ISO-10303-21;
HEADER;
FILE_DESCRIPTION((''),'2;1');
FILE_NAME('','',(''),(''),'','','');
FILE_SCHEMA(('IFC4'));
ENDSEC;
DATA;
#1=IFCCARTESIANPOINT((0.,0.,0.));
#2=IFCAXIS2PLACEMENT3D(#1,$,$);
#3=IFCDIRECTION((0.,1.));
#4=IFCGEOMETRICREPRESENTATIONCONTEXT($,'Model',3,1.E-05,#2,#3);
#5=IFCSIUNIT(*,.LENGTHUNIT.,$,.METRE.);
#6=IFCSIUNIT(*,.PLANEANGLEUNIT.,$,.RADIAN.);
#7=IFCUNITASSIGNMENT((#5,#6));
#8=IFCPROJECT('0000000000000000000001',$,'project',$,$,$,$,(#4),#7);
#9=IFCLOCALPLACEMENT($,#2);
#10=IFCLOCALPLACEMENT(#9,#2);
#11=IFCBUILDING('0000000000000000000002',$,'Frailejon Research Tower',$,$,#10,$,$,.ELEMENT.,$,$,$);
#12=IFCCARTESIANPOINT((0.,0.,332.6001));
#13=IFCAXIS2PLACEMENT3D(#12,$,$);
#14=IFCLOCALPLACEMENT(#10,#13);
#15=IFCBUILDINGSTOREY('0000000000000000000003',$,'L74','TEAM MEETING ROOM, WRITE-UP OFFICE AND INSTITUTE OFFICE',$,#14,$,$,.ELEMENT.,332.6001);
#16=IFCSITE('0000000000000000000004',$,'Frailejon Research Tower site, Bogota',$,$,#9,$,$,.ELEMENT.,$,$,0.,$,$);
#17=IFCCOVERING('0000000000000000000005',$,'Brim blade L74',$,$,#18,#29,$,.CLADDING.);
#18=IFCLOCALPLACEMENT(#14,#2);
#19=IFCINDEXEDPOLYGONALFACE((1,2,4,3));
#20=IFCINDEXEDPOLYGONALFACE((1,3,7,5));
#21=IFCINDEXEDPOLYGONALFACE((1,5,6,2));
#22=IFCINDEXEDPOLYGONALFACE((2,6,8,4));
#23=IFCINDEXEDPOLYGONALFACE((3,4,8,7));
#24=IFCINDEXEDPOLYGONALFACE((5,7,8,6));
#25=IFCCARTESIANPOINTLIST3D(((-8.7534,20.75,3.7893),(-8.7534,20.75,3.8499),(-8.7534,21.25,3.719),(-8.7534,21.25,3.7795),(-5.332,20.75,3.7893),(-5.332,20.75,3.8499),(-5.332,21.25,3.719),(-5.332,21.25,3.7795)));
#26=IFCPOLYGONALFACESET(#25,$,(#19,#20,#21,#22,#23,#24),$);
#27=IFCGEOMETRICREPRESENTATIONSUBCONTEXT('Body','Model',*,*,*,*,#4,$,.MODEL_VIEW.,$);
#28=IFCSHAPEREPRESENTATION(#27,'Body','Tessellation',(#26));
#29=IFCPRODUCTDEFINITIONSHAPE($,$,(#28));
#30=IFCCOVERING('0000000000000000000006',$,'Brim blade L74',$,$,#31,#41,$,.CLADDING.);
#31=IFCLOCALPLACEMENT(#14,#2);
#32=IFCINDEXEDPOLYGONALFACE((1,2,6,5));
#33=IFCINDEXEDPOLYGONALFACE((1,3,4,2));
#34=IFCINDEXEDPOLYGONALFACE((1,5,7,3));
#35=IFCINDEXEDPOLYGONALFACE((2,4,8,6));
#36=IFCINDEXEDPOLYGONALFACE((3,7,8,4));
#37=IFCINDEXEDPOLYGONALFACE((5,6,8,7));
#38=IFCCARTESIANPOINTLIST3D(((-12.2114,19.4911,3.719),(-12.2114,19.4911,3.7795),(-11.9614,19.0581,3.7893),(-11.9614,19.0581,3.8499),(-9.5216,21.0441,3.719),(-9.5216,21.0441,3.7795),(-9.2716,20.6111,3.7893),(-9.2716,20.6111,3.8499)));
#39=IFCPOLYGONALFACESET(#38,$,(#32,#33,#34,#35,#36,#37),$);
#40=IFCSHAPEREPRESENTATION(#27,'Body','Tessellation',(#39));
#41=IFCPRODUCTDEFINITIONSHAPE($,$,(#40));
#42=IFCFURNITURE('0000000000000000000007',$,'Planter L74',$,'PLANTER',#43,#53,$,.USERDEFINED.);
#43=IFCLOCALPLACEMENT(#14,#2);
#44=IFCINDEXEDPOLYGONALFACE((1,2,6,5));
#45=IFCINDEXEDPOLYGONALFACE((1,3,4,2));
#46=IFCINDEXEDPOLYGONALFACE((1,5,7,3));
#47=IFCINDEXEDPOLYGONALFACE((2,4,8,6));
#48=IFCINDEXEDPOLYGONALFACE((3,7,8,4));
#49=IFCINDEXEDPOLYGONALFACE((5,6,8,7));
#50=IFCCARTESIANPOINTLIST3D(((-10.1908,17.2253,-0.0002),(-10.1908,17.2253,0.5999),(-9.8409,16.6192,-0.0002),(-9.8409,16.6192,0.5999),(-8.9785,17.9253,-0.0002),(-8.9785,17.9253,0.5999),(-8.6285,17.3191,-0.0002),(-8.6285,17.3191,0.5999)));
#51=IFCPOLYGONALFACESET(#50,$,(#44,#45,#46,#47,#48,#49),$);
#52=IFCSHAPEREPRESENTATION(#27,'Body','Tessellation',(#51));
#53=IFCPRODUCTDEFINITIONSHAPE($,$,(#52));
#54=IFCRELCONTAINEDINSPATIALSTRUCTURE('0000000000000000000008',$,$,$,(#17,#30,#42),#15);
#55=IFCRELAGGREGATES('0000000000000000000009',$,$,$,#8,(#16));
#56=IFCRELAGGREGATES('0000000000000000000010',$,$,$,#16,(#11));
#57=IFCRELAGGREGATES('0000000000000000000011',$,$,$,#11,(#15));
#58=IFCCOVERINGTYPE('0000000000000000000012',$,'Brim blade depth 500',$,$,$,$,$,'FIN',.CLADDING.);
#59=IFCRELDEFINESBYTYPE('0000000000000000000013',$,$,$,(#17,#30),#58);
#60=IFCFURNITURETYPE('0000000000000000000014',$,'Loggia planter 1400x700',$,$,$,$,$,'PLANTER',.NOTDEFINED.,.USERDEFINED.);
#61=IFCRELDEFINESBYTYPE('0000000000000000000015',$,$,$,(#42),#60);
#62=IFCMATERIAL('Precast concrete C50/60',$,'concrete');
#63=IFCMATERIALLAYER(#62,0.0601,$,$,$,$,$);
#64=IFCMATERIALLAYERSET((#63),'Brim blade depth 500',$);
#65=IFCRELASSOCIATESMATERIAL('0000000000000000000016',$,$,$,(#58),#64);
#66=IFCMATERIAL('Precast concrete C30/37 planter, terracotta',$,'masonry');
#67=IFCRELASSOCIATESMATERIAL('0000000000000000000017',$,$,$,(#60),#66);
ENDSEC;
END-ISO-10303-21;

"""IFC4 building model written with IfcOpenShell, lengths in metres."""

from ifc_helpers import new_model, si_unit, direction, frame, origin, origin_2d, place, context, subcontext, project, spatial, polyline, rectangle, outline, extrude, material, layer, layer_set, type_object, element, save


model = new_model("IFC4")

# Units and contexts
model_context = context("Model", 3, precision=1e-05, world=origin(), true_north=direction((0.0, 1.0)))
body_context = subcontext(model_context, "Body", "Model", "MODEL_VIEW")
ifc_project = project(units=[si_unit("LENGTHUNIT", "METRE"), si_unit("PLANEANGLEUNIT", "RADIAN")], contexts=[model_context])

# Site, building, storey
site_placement = place(None, origin())
site = spatial("IfcSite", under=ifc_project, at=site_placement, Name="Frailejon Research Tower site, Bogota", CompositionType="ELEMENT", RefElevation=0.0)
building_placement = place(site_placement, origin())
building = spatial("IfcBuilding", under=site, at=building_placement, Name="Frailejon Research Tower", CompositionType="ELEMENT")
storey_placement = place(building_placement, frame((0.0, 0.0, 332.6001)))
storey = spatial("IfcBuildingStorey", under=building, at=storey_placement, Name="L74", Description="TEAM MEETING ROOM, WRITE-UP OFFICE AND INSTITUTE OFFICE", CompositionType="ELEMENT", Elevation=332.6001)

# Coverings
ifc_material_1 = material(Name="Precast concrete C50/60", Category="concrete")
ifc_layer_1 = layer(ifc_material_1, 0.0601)
ifc_layer_set_1 = layer_set([ifc_layer_1], Name="Brim blade depth 500")
covering_type_1 = type_object("IfcCoveringType", Name="Brim blade depth 500", ElementType="FIN", PredefinedType="CLADDING", material=ifc_layer_set_1)
covering_1_placement = place(storey_placement, frame((-8.7534, 20.75, 3.8499), z_axis=(1.0, 0.0, 0.0), x_axis=(0.0, 1.0, 0.0)))
element("IfcCovering", 1, at=covering_1_placement, inside=storey, type_object=covering_type_1, Name="Brim blade L74", PredefinedType="CLADDING", context=body_context, shape_type="SweptSolid", body=[
    extrude(outline(polyline([(0.0, -0.0605), (0.5, -0.1309), (0.5, -0.0703), (0.0, 0.0), (0.0, -0.0605)])), origin(), (0.0, 0.0, 1.0), 3.4214),
])
covering_2_placement = place(storey_placement, frame((-11.9614, 19.0581, 3.8499), z_axis=(0.866027, 0.499997, 0.0), x_axis=(-0.499997, 0.866027, 0.0)))
element("IfcCovering", 2, at=covering_2_placement, inside=storey, type_object=covering_type_1, Name="Brim blade L74", PredefinedType="CLADDING", context=body_context, shape_type="SweptSolid", body=[
    extrude(outline(polyline([(0.0, -0.0605), (0.5, -0.1309), (0.5, -0.0703), (0.0, 0.0), (0.0, -0.0605)])), origin(), (0.0, 0.0, 1.0), 3.106),
])

# Furniture
ifc_material_2 = material(Name="Precast concrete C30/37 planter, terracotta", Category="masonry")
furniture_type = type_object("IfcFurnitureType", Name="Loggia planter 1400x700", ElementType="PLANTER", AssemblyPlace="NOTDEFINED", PredefinedType="USERDEFINED", material=ifc_material_2)
furniture_placement = place(storey_placement, frame((-9.4097, 17.2722, -0.0002), z_axis=(0.0, 0.0, 1.0), x_axis=(-0.866025, -0.5, 0.0)))
element("IfcFurniture", 3, at=furniture_placement, inside=storey, type_object=furniture_type, Name="Planter L74", ObjectType="PLANTER", PredefinedType="USERDEFINED", context=body_context, shape_type="SweptSolid", body=[
    extrude(rectangle(XDim=1.3999, YDim=0.7, at=origin_2d()), origin(), (0.0, 0.0, 1.0), 0.6001),
])

save(model, "model.ifc")
